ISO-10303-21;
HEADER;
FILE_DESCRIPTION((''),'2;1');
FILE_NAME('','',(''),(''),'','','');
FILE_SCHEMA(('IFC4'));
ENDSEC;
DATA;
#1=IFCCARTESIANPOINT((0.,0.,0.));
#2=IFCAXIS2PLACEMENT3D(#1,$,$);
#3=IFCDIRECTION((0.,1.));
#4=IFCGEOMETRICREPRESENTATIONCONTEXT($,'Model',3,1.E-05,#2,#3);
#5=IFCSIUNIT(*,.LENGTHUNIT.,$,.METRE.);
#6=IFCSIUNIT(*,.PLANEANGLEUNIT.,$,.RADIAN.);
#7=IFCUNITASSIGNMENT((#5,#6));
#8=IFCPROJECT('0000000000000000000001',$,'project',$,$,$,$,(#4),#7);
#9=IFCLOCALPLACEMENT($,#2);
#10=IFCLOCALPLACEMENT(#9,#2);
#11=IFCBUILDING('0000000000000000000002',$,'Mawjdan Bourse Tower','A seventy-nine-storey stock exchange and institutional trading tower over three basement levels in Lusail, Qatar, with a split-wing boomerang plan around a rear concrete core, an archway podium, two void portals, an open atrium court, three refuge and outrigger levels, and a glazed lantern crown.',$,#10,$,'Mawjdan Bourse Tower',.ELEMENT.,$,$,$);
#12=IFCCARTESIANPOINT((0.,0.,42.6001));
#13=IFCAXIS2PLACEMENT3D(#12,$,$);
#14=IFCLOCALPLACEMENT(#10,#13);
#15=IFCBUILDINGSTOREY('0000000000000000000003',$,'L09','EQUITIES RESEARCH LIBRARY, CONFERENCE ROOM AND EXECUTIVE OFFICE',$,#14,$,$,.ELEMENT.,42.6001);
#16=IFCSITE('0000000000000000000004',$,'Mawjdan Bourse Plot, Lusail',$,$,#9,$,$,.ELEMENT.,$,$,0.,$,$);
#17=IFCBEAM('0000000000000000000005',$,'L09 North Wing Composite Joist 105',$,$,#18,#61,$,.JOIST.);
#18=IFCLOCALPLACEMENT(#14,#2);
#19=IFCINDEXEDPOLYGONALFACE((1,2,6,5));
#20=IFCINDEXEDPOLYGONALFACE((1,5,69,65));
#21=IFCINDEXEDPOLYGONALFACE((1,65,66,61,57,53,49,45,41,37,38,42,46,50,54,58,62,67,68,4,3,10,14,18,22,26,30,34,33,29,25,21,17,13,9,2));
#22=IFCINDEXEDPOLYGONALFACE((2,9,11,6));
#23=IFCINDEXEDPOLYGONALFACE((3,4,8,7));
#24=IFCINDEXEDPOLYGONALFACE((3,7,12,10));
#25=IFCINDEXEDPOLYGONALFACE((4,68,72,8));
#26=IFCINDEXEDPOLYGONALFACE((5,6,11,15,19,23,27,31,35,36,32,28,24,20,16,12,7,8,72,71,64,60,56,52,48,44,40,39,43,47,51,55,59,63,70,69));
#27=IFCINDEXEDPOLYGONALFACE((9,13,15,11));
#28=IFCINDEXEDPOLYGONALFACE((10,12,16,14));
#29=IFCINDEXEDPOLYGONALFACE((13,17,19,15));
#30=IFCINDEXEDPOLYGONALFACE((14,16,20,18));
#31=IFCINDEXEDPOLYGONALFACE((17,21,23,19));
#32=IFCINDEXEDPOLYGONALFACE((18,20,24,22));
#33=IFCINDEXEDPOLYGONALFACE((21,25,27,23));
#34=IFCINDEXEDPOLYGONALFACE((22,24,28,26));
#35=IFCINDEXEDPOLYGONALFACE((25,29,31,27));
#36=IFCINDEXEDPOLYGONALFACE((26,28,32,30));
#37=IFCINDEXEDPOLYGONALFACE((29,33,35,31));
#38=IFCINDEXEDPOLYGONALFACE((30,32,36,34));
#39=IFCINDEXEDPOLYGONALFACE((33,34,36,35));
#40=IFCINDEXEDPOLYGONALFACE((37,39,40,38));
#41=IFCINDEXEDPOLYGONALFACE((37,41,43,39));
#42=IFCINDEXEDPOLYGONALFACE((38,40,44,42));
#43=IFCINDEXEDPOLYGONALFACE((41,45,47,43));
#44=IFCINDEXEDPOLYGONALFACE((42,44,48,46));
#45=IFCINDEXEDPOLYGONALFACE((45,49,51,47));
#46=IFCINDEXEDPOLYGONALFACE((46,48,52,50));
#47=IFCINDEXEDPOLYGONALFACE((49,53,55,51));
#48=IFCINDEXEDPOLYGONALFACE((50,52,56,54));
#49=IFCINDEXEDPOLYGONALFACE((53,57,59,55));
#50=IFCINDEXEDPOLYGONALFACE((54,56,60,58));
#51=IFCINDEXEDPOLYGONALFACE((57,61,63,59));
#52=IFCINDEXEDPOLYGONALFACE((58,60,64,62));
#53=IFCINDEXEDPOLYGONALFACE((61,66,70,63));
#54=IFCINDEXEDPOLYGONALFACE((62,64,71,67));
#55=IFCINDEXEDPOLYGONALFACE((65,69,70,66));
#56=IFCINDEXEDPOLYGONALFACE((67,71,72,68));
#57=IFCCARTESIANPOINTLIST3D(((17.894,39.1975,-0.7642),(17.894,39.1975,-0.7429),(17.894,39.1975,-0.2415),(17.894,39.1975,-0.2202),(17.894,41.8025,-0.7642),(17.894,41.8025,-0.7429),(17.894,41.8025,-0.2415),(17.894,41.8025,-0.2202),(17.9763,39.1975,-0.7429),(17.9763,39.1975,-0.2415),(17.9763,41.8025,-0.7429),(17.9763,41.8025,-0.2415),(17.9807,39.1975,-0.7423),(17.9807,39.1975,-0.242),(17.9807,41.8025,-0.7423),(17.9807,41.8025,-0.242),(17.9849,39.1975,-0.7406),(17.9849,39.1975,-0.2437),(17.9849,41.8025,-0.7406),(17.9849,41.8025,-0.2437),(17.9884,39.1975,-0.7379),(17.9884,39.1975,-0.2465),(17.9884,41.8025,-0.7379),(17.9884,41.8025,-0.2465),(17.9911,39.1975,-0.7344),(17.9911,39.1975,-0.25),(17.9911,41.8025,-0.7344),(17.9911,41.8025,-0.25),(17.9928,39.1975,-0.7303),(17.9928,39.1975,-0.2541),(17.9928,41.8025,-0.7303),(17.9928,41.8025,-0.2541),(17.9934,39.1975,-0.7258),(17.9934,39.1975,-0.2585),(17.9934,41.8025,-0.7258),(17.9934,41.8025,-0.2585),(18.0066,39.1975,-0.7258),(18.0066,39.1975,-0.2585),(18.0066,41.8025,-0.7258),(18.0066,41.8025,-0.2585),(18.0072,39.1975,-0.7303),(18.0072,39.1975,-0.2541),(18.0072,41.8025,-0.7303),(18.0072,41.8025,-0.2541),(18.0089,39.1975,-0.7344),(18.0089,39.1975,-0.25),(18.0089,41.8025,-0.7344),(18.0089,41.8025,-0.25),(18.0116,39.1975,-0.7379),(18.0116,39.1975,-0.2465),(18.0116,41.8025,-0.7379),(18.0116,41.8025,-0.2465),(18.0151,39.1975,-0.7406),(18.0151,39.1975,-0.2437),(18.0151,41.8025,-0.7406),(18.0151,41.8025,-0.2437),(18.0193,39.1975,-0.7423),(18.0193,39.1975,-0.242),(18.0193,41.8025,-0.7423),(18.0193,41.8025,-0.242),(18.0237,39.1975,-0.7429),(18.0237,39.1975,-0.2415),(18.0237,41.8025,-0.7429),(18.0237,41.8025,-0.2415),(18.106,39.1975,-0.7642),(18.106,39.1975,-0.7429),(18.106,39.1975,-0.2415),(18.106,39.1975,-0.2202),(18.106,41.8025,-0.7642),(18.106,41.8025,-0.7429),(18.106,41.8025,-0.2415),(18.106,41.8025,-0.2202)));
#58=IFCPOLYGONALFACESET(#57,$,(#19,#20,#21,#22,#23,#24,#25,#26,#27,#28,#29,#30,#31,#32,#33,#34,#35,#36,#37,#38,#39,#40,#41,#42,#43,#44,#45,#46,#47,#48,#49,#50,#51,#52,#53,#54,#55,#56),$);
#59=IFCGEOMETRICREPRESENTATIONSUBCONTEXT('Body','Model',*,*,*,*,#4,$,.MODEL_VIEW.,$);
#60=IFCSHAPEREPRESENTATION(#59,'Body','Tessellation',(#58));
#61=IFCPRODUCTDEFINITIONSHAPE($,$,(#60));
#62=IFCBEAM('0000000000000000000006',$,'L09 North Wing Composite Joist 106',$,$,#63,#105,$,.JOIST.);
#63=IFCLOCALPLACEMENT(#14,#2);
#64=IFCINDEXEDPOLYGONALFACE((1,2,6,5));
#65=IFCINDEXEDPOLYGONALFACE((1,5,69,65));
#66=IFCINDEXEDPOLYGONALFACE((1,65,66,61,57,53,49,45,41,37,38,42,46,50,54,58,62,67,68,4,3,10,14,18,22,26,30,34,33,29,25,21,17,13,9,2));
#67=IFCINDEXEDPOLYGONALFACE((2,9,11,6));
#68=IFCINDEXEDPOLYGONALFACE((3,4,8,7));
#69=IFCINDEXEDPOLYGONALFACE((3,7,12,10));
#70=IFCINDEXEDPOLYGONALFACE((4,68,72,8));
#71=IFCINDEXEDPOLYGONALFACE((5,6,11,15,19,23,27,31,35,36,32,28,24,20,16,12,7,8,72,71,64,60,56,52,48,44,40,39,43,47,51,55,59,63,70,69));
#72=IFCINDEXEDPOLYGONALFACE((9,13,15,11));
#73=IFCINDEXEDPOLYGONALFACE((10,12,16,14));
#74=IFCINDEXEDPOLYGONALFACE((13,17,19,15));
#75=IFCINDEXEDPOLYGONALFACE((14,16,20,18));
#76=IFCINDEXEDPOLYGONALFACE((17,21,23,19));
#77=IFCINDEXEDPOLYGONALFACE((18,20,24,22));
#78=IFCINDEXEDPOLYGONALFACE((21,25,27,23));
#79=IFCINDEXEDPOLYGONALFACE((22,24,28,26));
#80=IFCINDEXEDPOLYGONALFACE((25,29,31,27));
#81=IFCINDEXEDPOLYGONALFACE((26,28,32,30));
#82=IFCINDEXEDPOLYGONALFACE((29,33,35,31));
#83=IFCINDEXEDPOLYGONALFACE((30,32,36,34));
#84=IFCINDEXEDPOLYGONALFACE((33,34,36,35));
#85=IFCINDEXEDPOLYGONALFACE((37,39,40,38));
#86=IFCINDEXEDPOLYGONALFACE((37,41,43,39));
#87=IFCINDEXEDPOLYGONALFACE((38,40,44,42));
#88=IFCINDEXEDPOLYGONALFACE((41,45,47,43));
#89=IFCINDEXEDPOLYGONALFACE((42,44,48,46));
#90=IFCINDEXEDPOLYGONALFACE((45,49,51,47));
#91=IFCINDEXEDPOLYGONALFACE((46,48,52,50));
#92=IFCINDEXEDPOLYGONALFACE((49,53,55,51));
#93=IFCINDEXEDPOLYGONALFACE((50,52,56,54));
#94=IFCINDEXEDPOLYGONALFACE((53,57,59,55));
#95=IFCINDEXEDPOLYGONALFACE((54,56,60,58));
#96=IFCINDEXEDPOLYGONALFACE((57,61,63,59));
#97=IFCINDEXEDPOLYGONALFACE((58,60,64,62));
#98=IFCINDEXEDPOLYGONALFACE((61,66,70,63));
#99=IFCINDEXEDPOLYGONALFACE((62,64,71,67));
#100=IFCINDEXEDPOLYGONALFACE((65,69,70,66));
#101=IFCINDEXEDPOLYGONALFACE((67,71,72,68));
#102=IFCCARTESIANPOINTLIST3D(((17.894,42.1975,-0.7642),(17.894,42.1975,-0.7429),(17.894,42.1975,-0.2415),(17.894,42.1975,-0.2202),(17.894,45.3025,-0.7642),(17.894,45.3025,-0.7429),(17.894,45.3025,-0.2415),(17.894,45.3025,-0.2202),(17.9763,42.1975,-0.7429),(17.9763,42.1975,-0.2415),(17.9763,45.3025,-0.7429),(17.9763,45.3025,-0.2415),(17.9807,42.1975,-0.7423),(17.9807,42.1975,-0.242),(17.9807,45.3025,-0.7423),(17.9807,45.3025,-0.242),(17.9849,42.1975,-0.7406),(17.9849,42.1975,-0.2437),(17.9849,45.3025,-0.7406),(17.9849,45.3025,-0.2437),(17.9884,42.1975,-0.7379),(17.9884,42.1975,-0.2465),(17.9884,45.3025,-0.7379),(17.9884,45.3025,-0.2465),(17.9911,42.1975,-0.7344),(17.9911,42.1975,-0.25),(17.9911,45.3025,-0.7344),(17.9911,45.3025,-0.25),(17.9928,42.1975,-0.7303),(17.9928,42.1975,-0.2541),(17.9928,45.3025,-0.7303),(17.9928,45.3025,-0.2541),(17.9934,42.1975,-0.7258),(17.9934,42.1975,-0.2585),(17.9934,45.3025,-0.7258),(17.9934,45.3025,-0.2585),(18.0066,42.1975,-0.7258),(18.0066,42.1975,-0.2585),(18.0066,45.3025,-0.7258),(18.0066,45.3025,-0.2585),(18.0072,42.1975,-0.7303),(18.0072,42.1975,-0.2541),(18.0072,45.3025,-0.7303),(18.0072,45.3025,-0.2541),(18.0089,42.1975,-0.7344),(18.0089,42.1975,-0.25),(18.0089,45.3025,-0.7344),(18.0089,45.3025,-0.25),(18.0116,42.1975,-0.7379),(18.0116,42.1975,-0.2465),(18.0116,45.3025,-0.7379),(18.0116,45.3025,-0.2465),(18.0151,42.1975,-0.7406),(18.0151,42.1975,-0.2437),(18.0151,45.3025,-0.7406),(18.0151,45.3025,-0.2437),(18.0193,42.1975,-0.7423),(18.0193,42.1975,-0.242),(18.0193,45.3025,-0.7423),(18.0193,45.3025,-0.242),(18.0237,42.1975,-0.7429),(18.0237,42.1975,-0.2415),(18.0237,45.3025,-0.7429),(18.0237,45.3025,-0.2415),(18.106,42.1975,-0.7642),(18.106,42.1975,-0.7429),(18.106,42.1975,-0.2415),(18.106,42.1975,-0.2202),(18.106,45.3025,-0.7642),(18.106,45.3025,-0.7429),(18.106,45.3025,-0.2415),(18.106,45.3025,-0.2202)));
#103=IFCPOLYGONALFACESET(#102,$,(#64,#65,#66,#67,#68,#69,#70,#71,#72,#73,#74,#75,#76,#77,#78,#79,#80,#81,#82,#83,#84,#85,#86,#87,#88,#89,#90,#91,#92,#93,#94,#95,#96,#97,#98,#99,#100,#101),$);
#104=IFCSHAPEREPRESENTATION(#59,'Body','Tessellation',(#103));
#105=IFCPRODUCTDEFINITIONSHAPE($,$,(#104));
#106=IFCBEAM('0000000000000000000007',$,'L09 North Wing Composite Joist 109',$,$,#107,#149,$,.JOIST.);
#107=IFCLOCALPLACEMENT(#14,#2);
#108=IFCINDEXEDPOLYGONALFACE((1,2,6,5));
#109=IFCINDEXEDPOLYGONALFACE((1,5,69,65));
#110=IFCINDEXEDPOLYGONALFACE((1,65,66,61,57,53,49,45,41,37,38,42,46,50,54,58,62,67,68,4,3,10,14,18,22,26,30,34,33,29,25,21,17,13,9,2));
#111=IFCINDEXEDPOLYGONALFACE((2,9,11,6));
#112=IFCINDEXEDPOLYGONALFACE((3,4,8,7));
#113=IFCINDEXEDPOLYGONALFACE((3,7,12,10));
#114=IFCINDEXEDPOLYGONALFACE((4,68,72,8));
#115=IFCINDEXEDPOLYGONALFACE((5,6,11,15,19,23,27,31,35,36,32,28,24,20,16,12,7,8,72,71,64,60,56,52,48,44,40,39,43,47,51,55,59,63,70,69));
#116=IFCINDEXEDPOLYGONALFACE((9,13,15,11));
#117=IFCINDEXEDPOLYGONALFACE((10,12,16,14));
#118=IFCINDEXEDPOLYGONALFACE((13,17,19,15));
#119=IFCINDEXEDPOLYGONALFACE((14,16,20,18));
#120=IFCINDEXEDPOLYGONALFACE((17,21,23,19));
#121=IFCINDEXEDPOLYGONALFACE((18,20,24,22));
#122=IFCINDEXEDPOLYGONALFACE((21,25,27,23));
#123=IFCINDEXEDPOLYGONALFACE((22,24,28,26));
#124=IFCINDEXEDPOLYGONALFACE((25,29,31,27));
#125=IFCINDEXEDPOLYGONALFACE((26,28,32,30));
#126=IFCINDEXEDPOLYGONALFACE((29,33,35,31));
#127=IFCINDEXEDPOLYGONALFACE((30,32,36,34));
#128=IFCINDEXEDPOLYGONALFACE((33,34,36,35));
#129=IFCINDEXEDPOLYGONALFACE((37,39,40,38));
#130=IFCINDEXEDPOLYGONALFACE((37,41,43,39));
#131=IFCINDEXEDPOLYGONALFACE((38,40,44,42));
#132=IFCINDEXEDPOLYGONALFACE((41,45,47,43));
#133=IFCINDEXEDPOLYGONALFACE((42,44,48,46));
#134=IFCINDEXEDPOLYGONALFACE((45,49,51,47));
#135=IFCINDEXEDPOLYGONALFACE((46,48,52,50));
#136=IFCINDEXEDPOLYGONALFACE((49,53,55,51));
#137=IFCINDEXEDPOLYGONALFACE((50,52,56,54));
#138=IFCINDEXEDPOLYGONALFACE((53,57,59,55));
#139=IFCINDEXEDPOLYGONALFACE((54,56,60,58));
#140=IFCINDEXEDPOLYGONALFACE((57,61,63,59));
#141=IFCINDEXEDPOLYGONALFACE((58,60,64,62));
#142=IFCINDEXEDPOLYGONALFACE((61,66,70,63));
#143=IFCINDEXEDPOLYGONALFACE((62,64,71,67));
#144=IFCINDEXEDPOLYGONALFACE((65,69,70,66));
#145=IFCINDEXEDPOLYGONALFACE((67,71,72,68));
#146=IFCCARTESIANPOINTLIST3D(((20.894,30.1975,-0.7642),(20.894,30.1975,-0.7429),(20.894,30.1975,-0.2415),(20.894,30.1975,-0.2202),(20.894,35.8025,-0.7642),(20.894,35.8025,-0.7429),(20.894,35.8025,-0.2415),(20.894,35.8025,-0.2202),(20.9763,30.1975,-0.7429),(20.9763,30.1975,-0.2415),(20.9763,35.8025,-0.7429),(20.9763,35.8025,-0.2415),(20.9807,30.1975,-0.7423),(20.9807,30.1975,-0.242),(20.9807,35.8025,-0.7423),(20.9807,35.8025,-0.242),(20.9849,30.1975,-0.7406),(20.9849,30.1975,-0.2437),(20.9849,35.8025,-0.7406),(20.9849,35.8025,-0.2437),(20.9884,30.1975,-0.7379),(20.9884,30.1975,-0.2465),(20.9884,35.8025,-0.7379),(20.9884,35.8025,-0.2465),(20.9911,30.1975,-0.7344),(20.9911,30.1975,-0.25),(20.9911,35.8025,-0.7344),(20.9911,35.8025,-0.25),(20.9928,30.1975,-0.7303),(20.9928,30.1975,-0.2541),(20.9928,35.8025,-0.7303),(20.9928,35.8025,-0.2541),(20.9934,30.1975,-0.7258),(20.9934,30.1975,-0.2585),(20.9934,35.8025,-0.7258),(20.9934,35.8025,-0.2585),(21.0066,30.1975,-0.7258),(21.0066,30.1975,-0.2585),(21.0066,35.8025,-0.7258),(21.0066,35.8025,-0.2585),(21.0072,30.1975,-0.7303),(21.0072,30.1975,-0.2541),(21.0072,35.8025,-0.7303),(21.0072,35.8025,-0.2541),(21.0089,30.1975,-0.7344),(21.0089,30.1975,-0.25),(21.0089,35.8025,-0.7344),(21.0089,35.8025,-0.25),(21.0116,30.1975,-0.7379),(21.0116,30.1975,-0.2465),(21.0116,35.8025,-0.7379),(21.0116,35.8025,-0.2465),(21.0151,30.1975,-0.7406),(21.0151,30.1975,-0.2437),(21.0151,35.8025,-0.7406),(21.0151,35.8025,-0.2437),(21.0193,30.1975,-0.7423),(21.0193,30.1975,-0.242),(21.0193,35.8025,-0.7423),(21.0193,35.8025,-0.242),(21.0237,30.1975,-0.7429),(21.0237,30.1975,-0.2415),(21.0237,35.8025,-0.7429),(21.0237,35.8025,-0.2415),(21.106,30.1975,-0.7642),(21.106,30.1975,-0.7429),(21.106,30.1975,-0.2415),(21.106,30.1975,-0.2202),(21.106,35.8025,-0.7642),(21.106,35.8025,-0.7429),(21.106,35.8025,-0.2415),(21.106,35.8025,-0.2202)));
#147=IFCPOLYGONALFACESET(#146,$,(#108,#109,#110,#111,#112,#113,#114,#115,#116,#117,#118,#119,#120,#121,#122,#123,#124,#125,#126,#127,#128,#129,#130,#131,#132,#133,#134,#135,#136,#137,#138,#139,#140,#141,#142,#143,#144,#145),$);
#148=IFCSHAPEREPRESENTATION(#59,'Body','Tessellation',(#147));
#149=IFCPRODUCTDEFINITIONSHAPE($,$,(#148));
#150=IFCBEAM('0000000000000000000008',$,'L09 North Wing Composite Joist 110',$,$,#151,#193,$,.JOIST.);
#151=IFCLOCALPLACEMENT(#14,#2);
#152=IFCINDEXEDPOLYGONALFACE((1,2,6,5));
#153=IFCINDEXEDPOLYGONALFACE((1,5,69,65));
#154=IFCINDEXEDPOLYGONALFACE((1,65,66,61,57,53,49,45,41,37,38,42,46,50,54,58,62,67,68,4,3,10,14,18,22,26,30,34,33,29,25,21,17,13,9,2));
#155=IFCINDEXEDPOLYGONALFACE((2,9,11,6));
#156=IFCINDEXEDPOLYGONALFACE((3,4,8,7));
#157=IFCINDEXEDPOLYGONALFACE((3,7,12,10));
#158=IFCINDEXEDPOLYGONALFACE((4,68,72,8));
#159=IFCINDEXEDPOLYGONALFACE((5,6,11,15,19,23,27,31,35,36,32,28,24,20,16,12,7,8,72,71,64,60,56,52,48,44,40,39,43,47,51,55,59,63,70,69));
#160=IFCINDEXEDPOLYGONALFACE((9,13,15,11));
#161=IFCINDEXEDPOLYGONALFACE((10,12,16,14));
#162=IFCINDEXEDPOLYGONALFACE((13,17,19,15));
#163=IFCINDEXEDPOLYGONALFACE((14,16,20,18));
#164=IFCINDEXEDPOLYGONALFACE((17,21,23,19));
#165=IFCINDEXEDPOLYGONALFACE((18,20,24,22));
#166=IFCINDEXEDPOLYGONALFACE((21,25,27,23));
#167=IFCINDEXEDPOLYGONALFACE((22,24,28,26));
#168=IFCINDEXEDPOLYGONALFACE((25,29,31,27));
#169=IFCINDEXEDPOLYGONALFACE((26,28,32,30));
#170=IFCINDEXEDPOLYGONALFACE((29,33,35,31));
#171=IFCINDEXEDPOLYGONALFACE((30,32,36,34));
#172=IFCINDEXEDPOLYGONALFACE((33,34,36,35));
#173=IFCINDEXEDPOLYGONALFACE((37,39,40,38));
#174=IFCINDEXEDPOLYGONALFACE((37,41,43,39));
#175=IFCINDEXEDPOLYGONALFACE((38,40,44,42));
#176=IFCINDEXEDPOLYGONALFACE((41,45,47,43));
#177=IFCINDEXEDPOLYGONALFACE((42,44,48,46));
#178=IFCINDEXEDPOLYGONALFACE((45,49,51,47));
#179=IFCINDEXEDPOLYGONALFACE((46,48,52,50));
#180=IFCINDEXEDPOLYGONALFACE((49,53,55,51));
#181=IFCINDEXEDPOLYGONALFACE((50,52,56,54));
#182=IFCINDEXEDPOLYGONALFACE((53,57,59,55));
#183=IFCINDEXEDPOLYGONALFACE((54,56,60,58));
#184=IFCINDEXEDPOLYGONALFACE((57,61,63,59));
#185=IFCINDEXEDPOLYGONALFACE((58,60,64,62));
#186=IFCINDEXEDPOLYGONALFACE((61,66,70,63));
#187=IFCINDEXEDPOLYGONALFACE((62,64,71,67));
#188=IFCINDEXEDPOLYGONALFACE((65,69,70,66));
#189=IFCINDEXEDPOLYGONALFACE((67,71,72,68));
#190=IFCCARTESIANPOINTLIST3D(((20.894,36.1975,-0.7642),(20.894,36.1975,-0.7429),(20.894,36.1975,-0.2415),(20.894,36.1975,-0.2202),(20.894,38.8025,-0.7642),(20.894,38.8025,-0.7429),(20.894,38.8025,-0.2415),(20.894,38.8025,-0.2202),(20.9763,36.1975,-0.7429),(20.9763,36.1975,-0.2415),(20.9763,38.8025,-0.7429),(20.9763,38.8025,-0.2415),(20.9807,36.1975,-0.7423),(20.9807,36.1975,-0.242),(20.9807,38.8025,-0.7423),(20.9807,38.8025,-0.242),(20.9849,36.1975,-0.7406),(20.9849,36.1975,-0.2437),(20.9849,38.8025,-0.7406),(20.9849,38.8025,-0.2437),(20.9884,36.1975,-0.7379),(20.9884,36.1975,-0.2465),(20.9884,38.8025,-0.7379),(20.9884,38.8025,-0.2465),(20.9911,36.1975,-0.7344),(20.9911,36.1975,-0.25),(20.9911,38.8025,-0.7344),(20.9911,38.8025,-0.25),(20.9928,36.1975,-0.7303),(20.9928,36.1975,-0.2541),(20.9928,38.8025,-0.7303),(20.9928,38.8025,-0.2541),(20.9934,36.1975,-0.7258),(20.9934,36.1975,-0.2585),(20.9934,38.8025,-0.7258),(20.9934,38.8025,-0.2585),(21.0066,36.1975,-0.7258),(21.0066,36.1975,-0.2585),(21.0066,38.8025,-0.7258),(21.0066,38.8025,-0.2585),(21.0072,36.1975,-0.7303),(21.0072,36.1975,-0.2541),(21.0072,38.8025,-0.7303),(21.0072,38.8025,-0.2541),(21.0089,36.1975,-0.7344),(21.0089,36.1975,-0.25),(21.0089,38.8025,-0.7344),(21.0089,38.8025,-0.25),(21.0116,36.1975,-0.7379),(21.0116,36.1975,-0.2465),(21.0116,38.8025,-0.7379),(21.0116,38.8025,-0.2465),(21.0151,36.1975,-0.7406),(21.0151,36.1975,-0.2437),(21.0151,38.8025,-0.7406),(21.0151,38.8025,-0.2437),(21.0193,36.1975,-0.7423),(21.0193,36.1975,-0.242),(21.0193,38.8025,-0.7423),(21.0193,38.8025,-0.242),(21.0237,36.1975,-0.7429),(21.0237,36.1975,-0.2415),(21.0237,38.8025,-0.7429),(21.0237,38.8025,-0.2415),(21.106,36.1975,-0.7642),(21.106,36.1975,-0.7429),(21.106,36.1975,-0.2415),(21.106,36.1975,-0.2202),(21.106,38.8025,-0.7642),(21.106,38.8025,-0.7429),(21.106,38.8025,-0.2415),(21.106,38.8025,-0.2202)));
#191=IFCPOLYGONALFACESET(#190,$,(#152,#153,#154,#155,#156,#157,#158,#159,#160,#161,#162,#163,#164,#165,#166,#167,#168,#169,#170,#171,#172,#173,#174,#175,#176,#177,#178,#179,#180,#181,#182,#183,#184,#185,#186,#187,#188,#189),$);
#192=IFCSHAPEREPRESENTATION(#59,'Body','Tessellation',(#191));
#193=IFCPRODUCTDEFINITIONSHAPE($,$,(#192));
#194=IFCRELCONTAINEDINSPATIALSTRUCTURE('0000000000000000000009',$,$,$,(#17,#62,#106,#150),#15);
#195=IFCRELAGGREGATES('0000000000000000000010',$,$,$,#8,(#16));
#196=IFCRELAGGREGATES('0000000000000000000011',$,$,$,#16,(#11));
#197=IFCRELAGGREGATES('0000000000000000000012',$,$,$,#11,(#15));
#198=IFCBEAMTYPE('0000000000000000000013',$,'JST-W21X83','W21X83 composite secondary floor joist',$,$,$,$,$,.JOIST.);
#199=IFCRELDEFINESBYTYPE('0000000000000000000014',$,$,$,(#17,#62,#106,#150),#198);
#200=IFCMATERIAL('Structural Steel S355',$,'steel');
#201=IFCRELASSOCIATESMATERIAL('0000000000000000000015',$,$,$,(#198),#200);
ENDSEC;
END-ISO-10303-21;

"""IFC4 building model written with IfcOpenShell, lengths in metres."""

from ifc_helpers import new_model, si_unit, direction, frame, origin, origin_2d, place, context, subcontext, project, spatial, i_section, extrude, material, material_profile, profile_set, type_object, element, save


model = new_model("IFC4")

# Units and contexts
model_context = context("Model", 3, precision=1e-05, world=origin(), true_north=direction((0.0, 1.0)))
body_context = subcontext(model_context, "Body", "Model", "MODEL_VIEW")
ifc_project = project(units=[si_unit("LENGTHUNIT", "METRE"), si_unit("PLANEANGLEUNIT", "RADIAN")], contexts=[model_context])

# Site, building, storey
site_placement = place(None, origin())
site = spatial("IfcSite", under=ifc_project, at=site_placement, Name="Mawjdan Bourse Plot, Lusail", CompositionType="ELEMENT", RefElevation=0.0)
building_placement = place(site_placement, origin())
building = spatial("IfcBuilding", under=site, at=building_placement, Name="Mawjdan Bourse Tower", Description="A seventy-nine-storey stock exchange and institutional trading tower over three basement levels in Lusail, Qatar, with a split-wing boomerang plan around a rear concrete core, an archway podium, two void portals, an open atrium court, three refuge and outrigger levels, and a glazed lantern crown.", LongName="Mawjdan Bourse Tower", CompositionType="ELEMENT")
storey_placement = place(building_placement, frame((0.0, 0.0, 42.6001)))
storey = spatial("IfcBuildingStorey", under=building, at=storey_placement, Name="L09", Description="EQUITIES RESEARCH LIBRARY, CONFERENCE ROOM AND EXECUTIVE OFFICE", CompositionType="ELEMENT", Elevation=42.6001)

# Beams
ifc_material_1 = material(Name="Structural Steel S355", Category="steel")
ifc_material_profile_1 = material_profile(ifc_material_1, i_section(OverallWidth=0.2119, OverallDepth=0.5439, WebThickness=0.0132, FlangeThickness=0.0212, FilletRadius=0.0171, at=origin_2d()), Name="W21X83")
ifc_profile_set_1 = profile_set([ifc_material_profile_1], Name="Structural Steel S355")
beam_type_1 = type_object("IfcBeamType", Name="JST-W21X83", Description="W21X83 composite secondary floor joist", PredefinedType="JOIST", material=ifc_profile_set_1)
for number, where, z_axis, x_axis, name in (
    (1, (18.0, 39.1975, -0.4922), (0.0, 1.0, 0.0), (-1.0, 0.0, 0.0), "L09 North Wing Composite Joist 105"),
):
    element("IfcBeam", number, at=place(storey_placement, frame(where, z_axis=z_axis, x_axis=x_axis)), inside=storey, type_object=beam_type_1, Name=name, PredefinedType="JOIST", context=body_context, shape_type="SweptSolid", body=[
        extrude(i_section(OverallWidth=0.2119, OverallDepth=0.5439, WebThickness=0.0132, FlangeThickness=0.0212, FilletRadius=0.0171, at=origin_2d()), origin(), (0.0, 0.0, 1.0), 2.605),
    ])
beam_1_placement = place(storey_placement, frame((18.0, 42.1975, -0.4922), z_axis=(0.0, 1.0, 0.0), x_axis=(-1.0, 0.0, 0.0)))
element("IfcBeam", 2, at=beam_1_placement, inside=storey, type_object=beam_type_1, Name="L09 North Wing Composite Joist 106", PredefinedType="JOIST", context=body_context, shape_type="SweptSolid", body=[
    extrude(i_section(OverallWidth=0.2119, OverallDepth=0.5439, WebThickness=0.0132, FlangeThickness=0.0212, FilletRadius=0.0171, at=origin_2d()), origin(), (0.0, 0.0, 1.0), 3.105),
])
beam_2_placement = place(storey_placement, frame((21.0, 30.1975, -0.4922), z_axis=(0.0, 1.0, 0.0), x_axis=(-1.0, 0.0, 0.0)))
element("IfcBeam", 3, at=beam_2_placement, inside=storey, type_object=beam_type_1, Name="L09 North Wing Composite Joist 109", PredefinedType="JOIST", context=body_context, shape_type="SweptSolid", body=[
    extrude(i_section(OverallWidth=0.2119, OverallDepth=0.5439, WebThickness=0.0132, FlangeThickness=0.0212, FilletRadius=0.0171, at=origin_2d()), origin(), (0.0, 0.0, 1.0), 5.605),
])
for number, where, z_axis, x_axis, name in (
    (4, (21.0, 36.1975, -0.4922), (0.0, 1.0, 0.0), (-1.0, 0.0, 0.0), "L09 North Wing Composite Joist 110"),
):
    element("IfcBeam", number, at=place(storey_placement, frame(where, z_axis=z_axis, x_axis=x_axis)), inside=storey, type_object=beam_type_1, Name=name, PredefinedType="JOIST", context=body_context, shape_type="SweptSolid", body=[
        extrude(i_section(OverallWidth=0.2119, OverallDepth=0.5439, WebThickness=0.0132, FlangeThickness=0.0212, FilletRadius=0.0171, at=origin_2d()), origin(), (0.0, 0.0, 1.0), 2.605),
    ])

save(model, "model.ifc")
